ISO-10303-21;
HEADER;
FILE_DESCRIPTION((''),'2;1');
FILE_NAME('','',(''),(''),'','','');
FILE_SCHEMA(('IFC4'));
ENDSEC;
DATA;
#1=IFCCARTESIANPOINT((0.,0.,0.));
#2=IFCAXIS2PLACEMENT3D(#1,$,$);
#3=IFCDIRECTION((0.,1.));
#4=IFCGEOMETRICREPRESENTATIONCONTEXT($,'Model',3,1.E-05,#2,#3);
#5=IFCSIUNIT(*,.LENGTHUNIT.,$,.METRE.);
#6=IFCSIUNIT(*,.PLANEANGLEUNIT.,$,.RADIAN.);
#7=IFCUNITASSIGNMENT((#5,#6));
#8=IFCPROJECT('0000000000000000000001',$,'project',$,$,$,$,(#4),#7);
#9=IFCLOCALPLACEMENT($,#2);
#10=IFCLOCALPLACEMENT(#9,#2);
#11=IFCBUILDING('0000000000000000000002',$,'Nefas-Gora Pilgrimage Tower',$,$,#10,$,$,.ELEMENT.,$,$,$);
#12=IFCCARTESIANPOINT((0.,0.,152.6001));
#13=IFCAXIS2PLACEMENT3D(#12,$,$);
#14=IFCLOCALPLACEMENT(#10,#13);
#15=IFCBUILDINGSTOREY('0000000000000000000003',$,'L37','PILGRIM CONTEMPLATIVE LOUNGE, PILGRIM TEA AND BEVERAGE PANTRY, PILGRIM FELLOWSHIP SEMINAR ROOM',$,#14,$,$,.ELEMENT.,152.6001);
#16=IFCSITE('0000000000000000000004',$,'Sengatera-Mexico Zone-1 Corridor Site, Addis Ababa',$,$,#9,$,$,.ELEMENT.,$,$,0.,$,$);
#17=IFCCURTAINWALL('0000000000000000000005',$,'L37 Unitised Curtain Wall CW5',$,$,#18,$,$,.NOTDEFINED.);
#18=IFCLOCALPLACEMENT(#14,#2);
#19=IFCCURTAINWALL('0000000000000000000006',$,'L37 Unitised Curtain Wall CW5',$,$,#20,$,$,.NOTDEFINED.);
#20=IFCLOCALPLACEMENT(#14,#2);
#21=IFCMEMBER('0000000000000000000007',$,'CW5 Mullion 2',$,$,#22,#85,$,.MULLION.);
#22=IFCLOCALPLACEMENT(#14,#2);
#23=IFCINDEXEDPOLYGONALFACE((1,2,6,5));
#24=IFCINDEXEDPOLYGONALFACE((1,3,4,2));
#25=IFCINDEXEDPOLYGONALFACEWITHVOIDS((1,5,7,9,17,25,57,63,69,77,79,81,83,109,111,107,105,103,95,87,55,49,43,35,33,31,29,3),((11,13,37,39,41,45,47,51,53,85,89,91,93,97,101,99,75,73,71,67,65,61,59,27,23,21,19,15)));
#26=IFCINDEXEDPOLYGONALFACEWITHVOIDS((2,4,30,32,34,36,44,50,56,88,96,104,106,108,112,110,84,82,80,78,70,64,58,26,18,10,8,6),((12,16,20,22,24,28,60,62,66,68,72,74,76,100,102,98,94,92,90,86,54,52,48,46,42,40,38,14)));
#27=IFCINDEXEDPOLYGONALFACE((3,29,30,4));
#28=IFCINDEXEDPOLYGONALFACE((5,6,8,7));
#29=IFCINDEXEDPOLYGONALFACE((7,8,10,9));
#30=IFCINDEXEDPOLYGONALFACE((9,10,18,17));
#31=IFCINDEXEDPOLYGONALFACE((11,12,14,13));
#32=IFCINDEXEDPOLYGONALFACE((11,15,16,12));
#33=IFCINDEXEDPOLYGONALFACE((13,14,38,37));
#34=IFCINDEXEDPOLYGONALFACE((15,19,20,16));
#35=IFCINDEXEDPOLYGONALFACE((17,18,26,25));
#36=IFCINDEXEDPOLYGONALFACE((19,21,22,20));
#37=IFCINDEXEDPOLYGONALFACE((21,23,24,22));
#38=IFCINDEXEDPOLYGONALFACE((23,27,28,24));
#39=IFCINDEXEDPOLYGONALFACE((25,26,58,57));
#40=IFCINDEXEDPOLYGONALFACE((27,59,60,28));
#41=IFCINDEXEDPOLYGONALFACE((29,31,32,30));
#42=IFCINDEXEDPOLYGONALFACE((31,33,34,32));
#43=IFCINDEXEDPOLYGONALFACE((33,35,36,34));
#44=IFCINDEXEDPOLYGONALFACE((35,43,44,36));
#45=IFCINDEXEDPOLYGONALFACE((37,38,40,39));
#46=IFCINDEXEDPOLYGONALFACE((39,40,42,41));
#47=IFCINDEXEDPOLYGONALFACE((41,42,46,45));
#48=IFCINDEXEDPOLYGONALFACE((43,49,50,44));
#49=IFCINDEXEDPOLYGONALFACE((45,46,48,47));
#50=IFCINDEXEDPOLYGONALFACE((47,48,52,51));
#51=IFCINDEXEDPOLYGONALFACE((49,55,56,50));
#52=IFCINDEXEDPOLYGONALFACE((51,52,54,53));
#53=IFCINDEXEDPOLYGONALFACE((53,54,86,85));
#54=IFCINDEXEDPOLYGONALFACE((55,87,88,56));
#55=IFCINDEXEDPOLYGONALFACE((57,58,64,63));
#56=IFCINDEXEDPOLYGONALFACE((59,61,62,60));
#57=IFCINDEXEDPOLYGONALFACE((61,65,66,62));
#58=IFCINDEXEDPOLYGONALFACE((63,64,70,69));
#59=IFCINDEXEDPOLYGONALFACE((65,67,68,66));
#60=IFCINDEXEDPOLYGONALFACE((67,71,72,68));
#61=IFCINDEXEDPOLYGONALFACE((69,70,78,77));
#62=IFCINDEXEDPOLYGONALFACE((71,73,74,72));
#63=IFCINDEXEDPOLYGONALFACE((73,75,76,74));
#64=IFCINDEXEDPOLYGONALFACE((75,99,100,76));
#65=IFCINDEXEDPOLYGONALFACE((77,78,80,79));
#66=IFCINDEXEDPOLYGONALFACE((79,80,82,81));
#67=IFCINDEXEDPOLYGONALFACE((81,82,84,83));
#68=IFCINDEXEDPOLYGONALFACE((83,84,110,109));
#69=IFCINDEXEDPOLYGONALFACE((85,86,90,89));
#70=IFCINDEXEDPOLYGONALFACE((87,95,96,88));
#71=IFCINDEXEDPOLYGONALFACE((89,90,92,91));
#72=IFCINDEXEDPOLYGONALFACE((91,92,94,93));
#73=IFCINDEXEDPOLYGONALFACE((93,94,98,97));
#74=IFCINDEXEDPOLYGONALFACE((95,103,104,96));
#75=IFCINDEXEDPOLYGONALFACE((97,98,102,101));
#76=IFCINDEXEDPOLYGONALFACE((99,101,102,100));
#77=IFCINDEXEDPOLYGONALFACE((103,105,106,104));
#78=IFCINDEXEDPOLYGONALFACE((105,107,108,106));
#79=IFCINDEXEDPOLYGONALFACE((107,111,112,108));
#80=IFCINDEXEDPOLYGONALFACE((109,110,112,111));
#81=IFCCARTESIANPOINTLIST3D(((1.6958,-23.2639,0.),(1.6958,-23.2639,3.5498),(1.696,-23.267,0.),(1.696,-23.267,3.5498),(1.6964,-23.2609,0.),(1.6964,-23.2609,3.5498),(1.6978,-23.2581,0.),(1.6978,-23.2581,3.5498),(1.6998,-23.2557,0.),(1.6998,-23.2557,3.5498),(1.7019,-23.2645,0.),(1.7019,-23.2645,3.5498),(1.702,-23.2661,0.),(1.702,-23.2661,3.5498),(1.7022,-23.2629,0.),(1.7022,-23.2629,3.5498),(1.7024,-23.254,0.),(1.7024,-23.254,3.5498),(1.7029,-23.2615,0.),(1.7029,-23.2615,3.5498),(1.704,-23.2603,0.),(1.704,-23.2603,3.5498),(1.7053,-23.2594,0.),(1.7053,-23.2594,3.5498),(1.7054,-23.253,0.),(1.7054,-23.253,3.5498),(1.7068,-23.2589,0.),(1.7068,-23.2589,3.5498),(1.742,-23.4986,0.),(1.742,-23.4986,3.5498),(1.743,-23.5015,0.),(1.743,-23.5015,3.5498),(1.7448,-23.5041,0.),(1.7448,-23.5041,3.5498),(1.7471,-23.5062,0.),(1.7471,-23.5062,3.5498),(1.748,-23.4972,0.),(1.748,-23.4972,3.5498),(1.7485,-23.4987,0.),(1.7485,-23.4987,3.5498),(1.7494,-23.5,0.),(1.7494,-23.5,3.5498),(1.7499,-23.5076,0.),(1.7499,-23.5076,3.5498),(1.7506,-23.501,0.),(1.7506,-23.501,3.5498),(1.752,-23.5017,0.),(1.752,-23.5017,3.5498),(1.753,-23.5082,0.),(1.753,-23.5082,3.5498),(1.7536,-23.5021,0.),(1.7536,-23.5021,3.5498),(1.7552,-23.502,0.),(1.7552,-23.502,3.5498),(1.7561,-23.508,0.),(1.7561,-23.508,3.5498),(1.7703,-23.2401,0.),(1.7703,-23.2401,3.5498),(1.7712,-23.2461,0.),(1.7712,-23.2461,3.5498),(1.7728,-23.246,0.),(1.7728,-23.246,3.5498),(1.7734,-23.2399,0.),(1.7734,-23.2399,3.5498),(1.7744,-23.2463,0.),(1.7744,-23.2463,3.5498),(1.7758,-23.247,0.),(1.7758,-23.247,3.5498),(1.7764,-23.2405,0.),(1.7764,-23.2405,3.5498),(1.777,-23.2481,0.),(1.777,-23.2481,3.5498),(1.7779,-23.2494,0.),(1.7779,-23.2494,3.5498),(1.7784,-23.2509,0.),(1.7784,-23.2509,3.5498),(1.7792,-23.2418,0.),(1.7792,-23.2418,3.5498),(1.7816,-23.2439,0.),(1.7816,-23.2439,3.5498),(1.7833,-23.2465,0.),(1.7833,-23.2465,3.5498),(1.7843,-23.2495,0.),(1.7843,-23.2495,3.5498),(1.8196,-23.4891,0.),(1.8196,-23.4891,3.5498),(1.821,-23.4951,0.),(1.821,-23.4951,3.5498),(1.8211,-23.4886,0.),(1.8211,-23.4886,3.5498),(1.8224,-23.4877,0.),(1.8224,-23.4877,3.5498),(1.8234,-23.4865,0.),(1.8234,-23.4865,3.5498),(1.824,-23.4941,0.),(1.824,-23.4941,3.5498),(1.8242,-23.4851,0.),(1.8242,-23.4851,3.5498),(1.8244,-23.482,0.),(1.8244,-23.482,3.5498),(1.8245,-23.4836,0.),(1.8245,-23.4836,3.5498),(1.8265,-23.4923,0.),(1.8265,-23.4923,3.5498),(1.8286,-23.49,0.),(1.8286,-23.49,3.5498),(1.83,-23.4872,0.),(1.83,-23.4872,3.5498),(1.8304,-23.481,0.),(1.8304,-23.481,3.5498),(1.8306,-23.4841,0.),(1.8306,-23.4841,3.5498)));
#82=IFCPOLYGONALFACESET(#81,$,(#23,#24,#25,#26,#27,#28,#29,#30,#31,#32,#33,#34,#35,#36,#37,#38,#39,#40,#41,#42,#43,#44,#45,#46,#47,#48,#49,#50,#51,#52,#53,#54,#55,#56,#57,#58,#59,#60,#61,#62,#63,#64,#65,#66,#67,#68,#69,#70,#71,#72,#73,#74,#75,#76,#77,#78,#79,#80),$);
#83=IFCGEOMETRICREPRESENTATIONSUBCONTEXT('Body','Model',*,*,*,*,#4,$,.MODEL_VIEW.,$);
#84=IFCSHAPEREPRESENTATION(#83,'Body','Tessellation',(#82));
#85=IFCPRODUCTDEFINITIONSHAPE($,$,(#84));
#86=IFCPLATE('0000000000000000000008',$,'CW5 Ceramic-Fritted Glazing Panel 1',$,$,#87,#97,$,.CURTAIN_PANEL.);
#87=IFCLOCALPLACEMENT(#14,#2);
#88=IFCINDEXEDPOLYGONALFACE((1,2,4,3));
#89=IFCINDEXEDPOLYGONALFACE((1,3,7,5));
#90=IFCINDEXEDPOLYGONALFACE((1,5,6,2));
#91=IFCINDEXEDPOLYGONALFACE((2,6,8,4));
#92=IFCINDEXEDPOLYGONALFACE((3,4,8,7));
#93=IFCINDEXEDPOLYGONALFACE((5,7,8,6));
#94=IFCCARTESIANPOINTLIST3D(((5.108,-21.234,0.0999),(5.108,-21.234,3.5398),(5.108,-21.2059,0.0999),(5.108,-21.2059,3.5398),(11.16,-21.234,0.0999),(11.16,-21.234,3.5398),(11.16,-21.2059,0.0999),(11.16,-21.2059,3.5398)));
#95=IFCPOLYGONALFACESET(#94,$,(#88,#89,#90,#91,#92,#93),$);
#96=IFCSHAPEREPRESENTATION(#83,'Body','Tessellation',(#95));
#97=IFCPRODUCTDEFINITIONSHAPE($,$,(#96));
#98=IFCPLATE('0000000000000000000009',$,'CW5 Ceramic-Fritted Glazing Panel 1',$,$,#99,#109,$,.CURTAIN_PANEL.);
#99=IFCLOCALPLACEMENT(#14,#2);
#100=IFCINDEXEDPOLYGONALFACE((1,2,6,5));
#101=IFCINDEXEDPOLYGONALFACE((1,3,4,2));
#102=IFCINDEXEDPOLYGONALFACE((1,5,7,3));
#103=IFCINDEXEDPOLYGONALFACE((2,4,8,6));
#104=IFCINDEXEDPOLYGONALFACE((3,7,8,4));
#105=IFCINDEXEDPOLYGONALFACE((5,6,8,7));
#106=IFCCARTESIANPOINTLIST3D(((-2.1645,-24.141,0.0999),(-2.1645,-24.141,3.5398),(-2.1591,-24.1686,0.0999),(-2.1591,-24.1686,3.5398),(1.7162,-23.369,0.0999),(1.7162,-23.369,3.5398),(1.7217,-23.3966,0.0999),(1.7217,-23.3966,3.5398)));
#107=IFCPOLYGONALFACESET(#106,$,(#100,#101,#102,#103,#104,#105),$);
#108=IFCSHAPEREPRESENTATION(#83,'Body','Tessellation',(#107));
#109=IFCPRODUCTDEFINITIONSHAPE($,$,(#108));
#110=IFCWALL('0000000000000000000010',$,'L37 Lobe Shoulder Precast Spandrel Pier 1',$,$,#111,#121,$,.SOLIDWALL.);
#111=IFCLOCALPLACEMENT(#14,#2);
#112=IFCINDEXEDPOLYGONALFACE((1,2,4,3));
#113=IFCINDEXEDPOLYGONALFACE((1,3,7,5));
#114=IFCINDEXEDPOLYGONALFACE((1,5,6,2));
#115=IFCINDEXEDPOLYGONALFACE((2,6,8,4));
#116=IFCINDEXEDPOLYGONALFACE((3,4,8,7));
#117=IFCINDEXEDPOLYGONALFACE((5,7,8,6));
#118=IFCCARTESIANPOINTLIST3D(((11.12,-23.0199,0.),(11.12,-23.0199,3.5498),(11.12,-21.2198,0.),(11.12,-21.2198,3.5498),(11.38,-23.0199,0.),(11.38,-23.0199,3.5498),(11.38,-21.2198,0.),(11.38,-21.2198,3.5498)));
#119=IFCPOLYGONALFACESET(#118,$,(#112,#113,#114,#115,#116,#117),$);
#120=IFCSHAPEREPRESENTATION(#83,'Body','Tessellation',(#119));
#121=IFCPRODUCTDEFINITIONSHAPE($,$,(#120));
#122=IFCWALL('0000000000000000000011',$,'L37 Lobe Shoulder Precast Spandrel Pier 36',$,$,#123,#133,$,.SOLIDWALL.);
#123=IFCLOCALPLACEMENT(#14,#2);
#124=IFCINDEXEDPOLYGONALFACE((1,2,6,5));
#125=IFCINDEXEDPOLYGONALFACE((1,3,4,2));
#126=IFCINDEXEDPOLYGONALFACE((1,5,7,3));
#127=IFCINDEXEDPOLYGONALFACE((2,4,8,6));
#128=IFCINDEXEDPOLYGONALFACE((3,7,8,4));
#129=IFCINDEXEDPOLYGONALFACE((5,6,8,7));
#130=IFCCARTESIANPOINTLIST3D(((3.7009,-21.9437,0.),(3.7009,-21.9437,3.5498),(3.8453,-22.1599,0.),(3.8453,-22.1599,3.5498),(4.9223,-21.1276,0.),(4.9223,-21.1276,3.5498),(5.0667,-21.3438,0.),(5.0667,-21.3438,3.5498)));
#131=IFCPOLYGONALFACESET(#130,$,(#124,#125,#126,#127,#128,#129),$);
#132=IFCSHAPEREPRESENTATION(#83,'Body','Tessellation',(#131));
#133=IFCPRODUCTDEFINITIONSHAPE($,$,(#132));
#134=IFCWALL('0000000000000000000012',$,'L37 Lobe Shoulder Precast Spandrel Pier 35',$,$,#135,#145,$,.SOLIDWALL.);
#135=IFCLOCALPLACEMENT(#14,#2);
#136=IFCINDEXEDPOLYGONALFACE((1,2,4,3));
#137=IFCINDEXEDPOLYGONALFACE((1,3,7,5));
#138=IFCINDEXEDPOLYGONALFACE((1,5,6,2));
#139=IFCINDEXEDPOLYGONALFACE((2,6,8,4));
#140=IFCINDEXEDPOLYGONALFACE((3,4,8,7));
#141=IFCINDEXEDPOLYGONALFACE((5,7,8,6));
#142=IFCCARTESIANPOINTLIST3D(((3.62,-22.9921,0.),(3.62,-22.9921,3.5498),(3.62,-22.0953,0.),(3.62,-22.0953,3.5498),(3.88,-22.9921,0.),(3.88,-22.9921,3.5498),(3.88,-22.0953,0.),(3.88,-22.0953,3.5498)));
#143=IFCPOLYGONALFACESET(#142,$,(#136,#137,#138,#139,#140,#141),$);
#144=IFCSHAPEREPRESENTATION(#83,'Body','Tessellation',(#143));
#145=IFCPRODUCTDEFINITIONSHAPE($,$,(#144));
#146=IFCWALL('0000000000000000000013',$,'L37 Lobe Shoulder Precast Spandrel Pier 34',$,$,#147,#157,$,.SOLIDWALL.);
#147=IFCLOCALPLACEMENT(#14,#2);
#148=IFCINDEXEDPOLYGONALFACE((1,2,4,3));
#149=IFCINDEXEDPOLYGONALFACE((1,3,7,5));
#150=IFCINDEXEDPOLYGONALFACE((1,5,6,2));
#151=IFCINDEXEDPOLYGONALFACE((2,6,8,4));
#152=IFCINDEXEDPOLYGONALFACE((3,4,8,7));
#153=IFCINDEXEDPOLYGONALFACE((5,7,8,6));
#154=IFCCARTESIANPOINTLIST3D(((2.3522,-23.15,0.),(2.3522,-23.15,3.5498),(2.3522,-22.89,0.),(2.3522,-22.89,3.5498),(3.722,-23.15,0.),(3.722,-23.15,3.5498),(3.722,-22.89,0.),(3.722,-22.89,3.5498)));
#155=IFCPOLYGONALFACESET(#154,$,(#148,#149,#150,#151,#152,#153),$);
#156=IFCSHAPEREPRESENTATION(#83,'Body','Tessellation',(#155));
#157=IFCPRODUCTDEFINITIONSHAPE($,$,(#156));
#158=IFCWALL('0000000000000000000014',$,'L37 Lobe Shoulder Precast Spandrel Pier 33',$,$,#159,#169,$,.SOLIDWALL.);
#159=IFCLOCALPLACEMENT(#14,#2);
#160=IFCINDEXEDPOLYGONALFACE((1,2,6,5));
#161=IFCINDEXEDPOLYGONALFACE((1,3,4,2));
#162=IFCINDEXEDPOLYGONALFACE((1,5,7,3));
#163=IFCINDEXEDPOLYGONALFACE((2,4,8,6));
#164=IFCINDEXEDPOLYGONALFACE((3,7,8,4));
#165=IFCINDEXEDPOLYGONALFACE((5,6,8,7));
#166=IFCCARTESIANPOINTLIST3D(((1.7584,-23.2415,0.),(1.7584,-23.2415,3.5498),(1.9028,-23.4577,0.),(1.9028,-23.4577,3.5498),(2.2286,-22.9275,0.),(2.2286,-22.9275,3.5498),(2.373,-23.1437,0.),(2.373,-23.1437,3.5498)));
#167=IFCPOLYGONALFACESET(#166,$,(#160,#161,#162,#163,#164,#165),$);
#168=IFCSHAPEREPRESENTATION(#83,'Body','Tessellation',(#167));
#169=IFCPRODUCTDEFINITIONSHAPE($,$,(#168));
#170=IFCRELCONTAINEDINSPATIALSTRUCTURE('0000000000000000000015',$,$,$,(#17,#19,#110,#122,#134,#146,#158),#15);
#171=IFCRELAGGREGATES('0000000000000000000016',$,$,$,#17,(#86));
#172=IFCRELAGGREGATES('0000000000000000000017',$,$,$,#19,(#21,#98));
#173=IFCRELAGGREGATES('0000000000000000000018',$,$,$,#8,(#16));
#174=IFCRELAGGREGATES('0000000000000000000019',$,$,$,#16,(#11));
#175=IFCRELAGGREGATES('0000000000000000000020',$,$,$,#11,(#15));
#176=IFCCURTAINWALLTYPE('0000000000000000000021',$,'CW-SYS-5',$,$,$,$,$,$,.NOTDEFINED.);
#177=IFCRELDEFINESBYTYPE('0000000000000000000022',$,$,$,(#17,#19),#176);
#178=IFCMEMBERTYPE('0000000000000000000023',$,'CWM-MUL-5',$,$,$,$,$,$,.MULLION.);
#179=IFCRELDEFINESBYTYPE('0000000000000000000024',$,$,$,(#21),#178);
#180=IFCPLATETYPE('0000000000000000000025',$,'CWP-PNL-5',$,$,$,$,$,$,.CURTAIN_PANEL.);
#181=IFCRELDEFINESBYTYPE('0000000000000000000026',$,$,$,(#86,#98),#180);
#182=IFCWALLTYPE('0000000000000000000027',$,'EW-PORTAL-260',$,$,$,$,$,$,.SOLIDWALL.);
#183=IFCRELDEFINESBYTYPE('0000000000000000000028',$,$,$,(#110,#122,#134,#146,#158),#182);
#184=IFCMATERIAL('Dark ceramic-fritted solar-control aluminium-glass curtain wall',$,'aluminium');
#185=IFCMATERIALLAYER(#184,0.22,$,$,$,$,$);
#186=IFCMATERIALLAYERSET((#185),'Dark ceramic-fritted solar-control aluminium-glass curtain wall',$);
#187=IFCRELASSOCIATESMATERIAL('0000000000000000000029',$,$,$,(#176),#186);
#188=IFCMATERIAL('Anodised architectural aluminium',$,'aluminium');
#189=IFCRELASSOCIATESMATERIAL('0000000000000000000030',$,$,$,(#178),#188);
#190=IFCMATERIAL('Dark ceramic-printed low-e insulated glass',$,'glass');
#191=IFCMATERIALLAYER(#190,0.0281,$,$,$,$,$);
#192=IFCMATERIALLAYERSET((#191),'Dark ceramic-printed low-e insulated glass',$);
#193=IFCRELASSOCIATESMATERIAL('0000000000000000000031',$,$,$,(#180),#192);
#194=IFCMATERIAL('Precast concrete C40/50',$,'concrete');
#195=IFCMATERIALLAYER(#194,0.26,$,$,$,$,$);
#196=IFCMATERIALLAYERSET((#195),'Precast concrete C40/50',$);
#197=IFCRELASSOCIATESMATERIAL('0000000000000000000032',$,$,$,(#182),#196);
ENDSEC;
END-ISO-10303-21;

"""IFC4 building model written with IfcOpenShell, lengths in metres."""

from ifc_helpers import new_model, si_unit, direction, frame, frame_2d, origin, origin_2d, place, context, subcontext, project, spatial, rectangle, hollow_rectangle, extrude, source, transform, mapped, material, layer, layer_set, material_profile, profile_set, type_object, element, aggregate, save


model = new_model("IFC4")

# Units and contexts
model_context = context("Model", 3, precision=1e-05, world=origin(), true_north=direction((0.0, 1.0)))
body_context = subcontext(model_context, "Body", "Model", "MODEL_VIEW")
ifc_project = project(units=[si_unit("LENGTHUNIT", "METRE"), si_unit("PLANEANGLEUNIT", "RADIAN")], contexts=[model_context])

# Site, building, storey
site_placement = place(None, origin())
site = spatial("IfcSite", under=ifc_project, at=site_placement, Name="Sengatera-Mexico Zone-1 Corridor Site, Addis Ababa", CompositionType="ELEMENT", RefElevation=0.0)
building_placement = place(site_placement, origin())
building = spatial("IfcBuilding", under=site, at=building_placement, Name="Nefas-Gora Pilgrimage Tower", CompositionType="ELEMENT")
storey_placement = place(building_placement, frame((0.0, 0.0, 152.6001)))
storey = spatial("IfcBuildingStorey", under=building, at=storey_placement, Name="L37", Description="PILGRIM CONTEMPLATIVE LOUNGE, PILGRIM TEA AND BEVERAGE PANTRY, PILGRIM FELLOWSHIP SEMINAR ROOM", CompositionType="ELEMENT", Elevation=152.6001)

# Curtain wall
ifc_material_1 = material(Name="Dark ceramic-fritted solar-control aluminium-glass curtain wall", Category="aluminium")
ifc_layer_1 = layer(ifc_material_1, 0.22)
ifc_layer_set_1 = layer_set([ifc_layer_1], Name="Dark ceramic-fritted solar-control aluminium-glass curtain wall")
curtain_wall_type = type_object("IfcCurtainWallType", Name="CW-SYS-5", PredefinedType="NOTDEFINED", material=ifc_layer_set_1)
curtain_wall_1_placement = place(storey_placement, origin())
curtain_wall_1 = element("IfcCurtainWall", 1, at=curtain_wall_1_placement, inside=storey, type_object=curtain_wall_type, Name="L37 Unitised Curtain Wall CW5", PredefinedType="NOTDEFINED")
ifc_material_2 = material(Name="Anodised architectural aluminium", Category="aluminium")
ifc_material_profile_1 = material_profile(ifc_material_2, hollow_rectangle(XDim=0.0901, YDim=0.26, WallThickness=0.0061, InnerFilletRadius=0.0061, OuterFilletRadius=0.012, at=origin_2d()), Name="ALU MULLION 90x260")
ifc_profile_set_1 = profile_set([ifc_material_profile_1], Name="Anodised architectural aluminium")
member_type_1 = type_object("IfcMemberType", Name="CWM-MUL-5", PredefinedType="MULLION", material=ifc_profile_set_1)
shared_shape_1 = source(origin(), body_context, "Body", "SweptSolid", [
    extrude(hollow_rectangle(XDim=0.0901, YDim=0.26, WallThickness=0.0061, InnerFilletRadius=0.0061, OuterFilletRadius=0.012, at=origin_2d()), origin(), (0.0, 0.0, 1.0), 3.5498),
])

# Curtain wall, member
curtain_wall_2_placement = place(storey_placement, origin())
curtain_wall_2 = element("IfcCurtainWall", 2, at=curtain_wall_2_placement, inside=storey, type_object=curtain_wall_type, Name="L37 Unitised Curtain Wall CW5", PredefinedType="NOTDEFINED")
member_1_placement = place(storey_placement, frame((1.7632, -23.374, 0.0), z_axis=(0.0, 0.0, 1.0), x_axis=(0.980783, 0.195102, 0.0)))
member_1 = element("IfcMember", 3, at=member_1_placement, type_object=member_type_1, Name="CW5 Mullion 2", PredefinedType="MULLION", context=body_context, shape_type="MappedRepresentation", body=[
    mapped(shared_shape_1, transform((0.0, 0.0, 0.0), x_axis=(1.0, 0.0, 0.0), y_axis=(0.0, 1.0, 0.0), z_axis=(0.0, 0.0, 1.0), scale=1.0)),
])

# Plates
ifc_material_3 = material(Name="Dark ceramic-printed low-e insulated glass", Category="glass")
ifc_layer_2 = layer(ifc_material_3, 0.0281)
ifc_layer_set_2 = layer_set([ifc_layer_2], Name="Dark ceramic-printed low-e insulated glass")
plate_type = type_object("IfcPlateType", Name="CWP-PNL-5", PredefinedType="CURTAIN_PANEL", material=ifc_layer_set_2)
shared_shape_2 = source(origin(), body_context, "Body", "SweptSolid", [
    extrude(rectangle(XDim=6.052, YDim=0.0281, at=origin_2d()), origin(), (0.0, 0.0, 1.0), 3.4399),
])
plate_1_placement = place(storey_placement, frame((8.134, -21.22, 0.0999), z_axis=(0.0, 0.0, 1.0), x_axis=(1.0, 0.0, 0.0)))
plate_1 = element("IfcPlate", 4, at=plate_1_placement, type_object=plate_type, Name="CW5 Ceramic-Fritted Glazing Panel 1", PredefinedType="CURTAIN_PANEL", context=body_context, shape_type="MappedRepresentation", body=[
    mapped(shared_shape_2, transform((0.0, 0.0, 0.0), x_axis=(1.0, 0.0, 0.0), y_axis=(0.0, 1.0, 0.0), z_axis=(0.0, 0.0, 1.0), scale=1.0)),
])
aggregate(curtain_wall_1, [plate_1])
shared_shape_3 = source(origin(), body_context, "Body", "SweptSolid", [
    extrude(rectangle(XDim=3.9568, YDim=0.0281, at=origin_2d()), origin(), (0.0, 0.0, 1.0), 3.4399),
])
plate_2_placement = place(storey_placement, frame((-0.2214, -23.7688, 0.0999), z_axis=(0.0, 0.0, 1.0), x_axis=(0.980783, 0.195102, 0.0)))
plate_2 = element("IfcPlate", 5, at=plate_2_placement, type_object=plate_type, Name="CW5 Ceramic-Fritted Glazing Panel 1", PredefinedType="CURTAIN_PANEL", context=body_context, shape_type="MappedRepresentation", body=[
    mapped(shared_shape_3, transform((0.0, 0.0, 0.0), x_axis=(1.0, 0.0, 0.0), y_axis=(0.0, 1.0, 0.0), z_axis=(0.0, 0.0, 1.0), scale=1.0)),
])
aggregate(curtain_wall_2, [member_1, plate_2])

# Walls
ifc_material_4 = material(Name="Precast concrete C40/50", Category="concrete")
ifc_layer_3 = layer(ifc_material_4, 0.26)
ifc_layer_set_3 = layer_set([ifc_layer_3], Name="Precast concrete C40/50")
wall_type_1 = type_object("IfcWallType", Name="EW-PORTAL-260", PredefinedType="SOLIDWALL", material=ifc_layer_set_3)
shared_shape_4 = source(origin(), body_context, "Body", "SweptSolid", [
    extrude(rectangle(XDim=1.8, YDim=0.26, at=frame_2d((0.8999, 0.0))), origin(), (0.0, 0.0, 1.0), 3.5498),
])
wall_1_placement = place(storey_placement, frame((11.25, -21.22, 0.0), z_axis=(0.0, 0.0, 1.0), x_axis=(0.0, -1.0, 0.0)))
element("IfcWall", 6, at=wall_1_placement, inside=storey, type_object=wall_type_1, Name="L37 Lobe Shoulder Precast Spandrel Pier 1", PredefinedType="SOLIDWALL", context=body_context, shape_type="MappedRepresentation", body=[
    mapped(shared_shape_4, transform((0.0, 0.0, 0.0), x_axis=(1.0, 0.0, 0.0), y_axis=(0.0, 1.0, 0.0), z_axis=(0.0, 0.0, 1.0), scale=1.0)),
])
shared_shape_5 = source(origin(), body_context, "Body", "SweptSolid", [
    extrude(rectangle(XDim=1.469, YDim=0.26, at=frame_2d((0.7344, 0.0))), origin(), (0.0, 0.0, 1.0), 3.5498),
])
wall_2_placement = place(storey_placement, frame((3.7732, -22.0518, 0.0), z_axis=(0.0, 0.0, 1.0), x_axis=(0.831462, 0.555582, 0.0)))
element("IfcWall", 7, at=wall_2_placement, inside=storey, type_object=wall_type_1, Name="L37 Lobe Shoulder Precast Spandrel Pier 36", PredefinedType="SOLIDWALL", context=body_context, shape_type="MappedRepresentation", body=[
    mapped(shared_shape_5, transform((0.0, 0.0, 0.0), x_axis=(1.0, 0.0, 0.0), y_axis=(0.0, 1.0, 0.0), z_axis=(0.0, 0.0, 1.0), scale=1.0)),
])
shared_shape_6 = source(origin(), body_context, "Body", "SweptSolid", [
    extrude(rectangle(XDim=0.8967, YDim=0.26, at=frame_2d((0.4482, 0.0))), origin(), (0.0, 0.0, 1.0), 3.5498),
])
wall_3_placement = place(storey_placement, frame((3.75, -22.9919, 0.0), z_axis=(0.0, 0.0, 1.0), x_axis=(0.0, 1.0, 0.0)))
element("IfcWall", 8, at=wall_3_placement, inside=storey, type_object=wall_type_1, Name="L37 Lobe Shoulder Precast Spandrel Pier 35", PredefinedType="SOLIDWALL", context=body_context, shape_type="MappedRepresentation", body=[
    mapped(shared_shape_6, transform((0.0, 0.0, 0.0), x_axis=(1.0, 0.0, 0.0), y_axis=(0.0, 1.0, 0.0), z_axis=(0.0, 0.0, 1.0), scale=1.0)),
])
shared_shape_7 = source(origin(), body_context, "Body", "SweptSolid", [
    extrude(rectangle(XDim=1.3699, YDim=0.26, at=frame_2d((0.6851, 0.0))), origin(), (0.0, 0.0, 1.0), 3.5498),
])
wall_4_placement = place(storey_placement, frame((2.3521, -23.02, 0.0), z_axis=(0.0, 0.0, 1.0), x_axis=(1.0, 0.0, 0.0)))
element("IfcWall", 9, at=wall_4_placement, inside=storey, type_object=wall_type_1, Name="L37 Lobe Shoulder Precast Spandrel Pier 34", PredefinedType="SOLIDWALL", context=body_context, shape_type="MappedRepresentation", body=[
    mapped(shared_shape_7, transform((0.0, 0.0, 0.0), x_axis=(1.0, 0.0, 0.0), y_axis=(0.0, 1.0, 0.0), z_axis=(0.0, 0.0, 1.0), scale=1.0)),
])
shared_shape_8 = source(origin(), body_context, "Body", "SweptSolid", [
    extrude(rectangle(XDim=0.5654, YDim=0.26, at=frame_2d((0.2827, 0.0))), origin(), (0.0, 0.0, 1.0), 3.5498),
])
wall_5_placement = place(storey_placement, frame((1.8306, -23.3496, 0.0), z_axis=(0.0, 0.0, 1.0), x_axis=(0.831651, 0.555298, 0.0)))
element("IfcWall", 10, at=wall_5_placement, inside=storey, type_object=wall_type_1, Name="L37 Lobe Shoulder Precast Spandrel Pier 33", PredefinedType="SOLIDWALL", context=body_context, shape_type="MappedRepresentation", body=[
    mapped(shared_shape_8, transform((0.0, 0.0, 0.0), x_axis=(1.0, 0.0, 0.0), y_axis=(0.0, 1.0, 0.0), z_axis=(0.0, 0.0, 1.0), scale=1.0)),
])

save(model, "model.ifc")
